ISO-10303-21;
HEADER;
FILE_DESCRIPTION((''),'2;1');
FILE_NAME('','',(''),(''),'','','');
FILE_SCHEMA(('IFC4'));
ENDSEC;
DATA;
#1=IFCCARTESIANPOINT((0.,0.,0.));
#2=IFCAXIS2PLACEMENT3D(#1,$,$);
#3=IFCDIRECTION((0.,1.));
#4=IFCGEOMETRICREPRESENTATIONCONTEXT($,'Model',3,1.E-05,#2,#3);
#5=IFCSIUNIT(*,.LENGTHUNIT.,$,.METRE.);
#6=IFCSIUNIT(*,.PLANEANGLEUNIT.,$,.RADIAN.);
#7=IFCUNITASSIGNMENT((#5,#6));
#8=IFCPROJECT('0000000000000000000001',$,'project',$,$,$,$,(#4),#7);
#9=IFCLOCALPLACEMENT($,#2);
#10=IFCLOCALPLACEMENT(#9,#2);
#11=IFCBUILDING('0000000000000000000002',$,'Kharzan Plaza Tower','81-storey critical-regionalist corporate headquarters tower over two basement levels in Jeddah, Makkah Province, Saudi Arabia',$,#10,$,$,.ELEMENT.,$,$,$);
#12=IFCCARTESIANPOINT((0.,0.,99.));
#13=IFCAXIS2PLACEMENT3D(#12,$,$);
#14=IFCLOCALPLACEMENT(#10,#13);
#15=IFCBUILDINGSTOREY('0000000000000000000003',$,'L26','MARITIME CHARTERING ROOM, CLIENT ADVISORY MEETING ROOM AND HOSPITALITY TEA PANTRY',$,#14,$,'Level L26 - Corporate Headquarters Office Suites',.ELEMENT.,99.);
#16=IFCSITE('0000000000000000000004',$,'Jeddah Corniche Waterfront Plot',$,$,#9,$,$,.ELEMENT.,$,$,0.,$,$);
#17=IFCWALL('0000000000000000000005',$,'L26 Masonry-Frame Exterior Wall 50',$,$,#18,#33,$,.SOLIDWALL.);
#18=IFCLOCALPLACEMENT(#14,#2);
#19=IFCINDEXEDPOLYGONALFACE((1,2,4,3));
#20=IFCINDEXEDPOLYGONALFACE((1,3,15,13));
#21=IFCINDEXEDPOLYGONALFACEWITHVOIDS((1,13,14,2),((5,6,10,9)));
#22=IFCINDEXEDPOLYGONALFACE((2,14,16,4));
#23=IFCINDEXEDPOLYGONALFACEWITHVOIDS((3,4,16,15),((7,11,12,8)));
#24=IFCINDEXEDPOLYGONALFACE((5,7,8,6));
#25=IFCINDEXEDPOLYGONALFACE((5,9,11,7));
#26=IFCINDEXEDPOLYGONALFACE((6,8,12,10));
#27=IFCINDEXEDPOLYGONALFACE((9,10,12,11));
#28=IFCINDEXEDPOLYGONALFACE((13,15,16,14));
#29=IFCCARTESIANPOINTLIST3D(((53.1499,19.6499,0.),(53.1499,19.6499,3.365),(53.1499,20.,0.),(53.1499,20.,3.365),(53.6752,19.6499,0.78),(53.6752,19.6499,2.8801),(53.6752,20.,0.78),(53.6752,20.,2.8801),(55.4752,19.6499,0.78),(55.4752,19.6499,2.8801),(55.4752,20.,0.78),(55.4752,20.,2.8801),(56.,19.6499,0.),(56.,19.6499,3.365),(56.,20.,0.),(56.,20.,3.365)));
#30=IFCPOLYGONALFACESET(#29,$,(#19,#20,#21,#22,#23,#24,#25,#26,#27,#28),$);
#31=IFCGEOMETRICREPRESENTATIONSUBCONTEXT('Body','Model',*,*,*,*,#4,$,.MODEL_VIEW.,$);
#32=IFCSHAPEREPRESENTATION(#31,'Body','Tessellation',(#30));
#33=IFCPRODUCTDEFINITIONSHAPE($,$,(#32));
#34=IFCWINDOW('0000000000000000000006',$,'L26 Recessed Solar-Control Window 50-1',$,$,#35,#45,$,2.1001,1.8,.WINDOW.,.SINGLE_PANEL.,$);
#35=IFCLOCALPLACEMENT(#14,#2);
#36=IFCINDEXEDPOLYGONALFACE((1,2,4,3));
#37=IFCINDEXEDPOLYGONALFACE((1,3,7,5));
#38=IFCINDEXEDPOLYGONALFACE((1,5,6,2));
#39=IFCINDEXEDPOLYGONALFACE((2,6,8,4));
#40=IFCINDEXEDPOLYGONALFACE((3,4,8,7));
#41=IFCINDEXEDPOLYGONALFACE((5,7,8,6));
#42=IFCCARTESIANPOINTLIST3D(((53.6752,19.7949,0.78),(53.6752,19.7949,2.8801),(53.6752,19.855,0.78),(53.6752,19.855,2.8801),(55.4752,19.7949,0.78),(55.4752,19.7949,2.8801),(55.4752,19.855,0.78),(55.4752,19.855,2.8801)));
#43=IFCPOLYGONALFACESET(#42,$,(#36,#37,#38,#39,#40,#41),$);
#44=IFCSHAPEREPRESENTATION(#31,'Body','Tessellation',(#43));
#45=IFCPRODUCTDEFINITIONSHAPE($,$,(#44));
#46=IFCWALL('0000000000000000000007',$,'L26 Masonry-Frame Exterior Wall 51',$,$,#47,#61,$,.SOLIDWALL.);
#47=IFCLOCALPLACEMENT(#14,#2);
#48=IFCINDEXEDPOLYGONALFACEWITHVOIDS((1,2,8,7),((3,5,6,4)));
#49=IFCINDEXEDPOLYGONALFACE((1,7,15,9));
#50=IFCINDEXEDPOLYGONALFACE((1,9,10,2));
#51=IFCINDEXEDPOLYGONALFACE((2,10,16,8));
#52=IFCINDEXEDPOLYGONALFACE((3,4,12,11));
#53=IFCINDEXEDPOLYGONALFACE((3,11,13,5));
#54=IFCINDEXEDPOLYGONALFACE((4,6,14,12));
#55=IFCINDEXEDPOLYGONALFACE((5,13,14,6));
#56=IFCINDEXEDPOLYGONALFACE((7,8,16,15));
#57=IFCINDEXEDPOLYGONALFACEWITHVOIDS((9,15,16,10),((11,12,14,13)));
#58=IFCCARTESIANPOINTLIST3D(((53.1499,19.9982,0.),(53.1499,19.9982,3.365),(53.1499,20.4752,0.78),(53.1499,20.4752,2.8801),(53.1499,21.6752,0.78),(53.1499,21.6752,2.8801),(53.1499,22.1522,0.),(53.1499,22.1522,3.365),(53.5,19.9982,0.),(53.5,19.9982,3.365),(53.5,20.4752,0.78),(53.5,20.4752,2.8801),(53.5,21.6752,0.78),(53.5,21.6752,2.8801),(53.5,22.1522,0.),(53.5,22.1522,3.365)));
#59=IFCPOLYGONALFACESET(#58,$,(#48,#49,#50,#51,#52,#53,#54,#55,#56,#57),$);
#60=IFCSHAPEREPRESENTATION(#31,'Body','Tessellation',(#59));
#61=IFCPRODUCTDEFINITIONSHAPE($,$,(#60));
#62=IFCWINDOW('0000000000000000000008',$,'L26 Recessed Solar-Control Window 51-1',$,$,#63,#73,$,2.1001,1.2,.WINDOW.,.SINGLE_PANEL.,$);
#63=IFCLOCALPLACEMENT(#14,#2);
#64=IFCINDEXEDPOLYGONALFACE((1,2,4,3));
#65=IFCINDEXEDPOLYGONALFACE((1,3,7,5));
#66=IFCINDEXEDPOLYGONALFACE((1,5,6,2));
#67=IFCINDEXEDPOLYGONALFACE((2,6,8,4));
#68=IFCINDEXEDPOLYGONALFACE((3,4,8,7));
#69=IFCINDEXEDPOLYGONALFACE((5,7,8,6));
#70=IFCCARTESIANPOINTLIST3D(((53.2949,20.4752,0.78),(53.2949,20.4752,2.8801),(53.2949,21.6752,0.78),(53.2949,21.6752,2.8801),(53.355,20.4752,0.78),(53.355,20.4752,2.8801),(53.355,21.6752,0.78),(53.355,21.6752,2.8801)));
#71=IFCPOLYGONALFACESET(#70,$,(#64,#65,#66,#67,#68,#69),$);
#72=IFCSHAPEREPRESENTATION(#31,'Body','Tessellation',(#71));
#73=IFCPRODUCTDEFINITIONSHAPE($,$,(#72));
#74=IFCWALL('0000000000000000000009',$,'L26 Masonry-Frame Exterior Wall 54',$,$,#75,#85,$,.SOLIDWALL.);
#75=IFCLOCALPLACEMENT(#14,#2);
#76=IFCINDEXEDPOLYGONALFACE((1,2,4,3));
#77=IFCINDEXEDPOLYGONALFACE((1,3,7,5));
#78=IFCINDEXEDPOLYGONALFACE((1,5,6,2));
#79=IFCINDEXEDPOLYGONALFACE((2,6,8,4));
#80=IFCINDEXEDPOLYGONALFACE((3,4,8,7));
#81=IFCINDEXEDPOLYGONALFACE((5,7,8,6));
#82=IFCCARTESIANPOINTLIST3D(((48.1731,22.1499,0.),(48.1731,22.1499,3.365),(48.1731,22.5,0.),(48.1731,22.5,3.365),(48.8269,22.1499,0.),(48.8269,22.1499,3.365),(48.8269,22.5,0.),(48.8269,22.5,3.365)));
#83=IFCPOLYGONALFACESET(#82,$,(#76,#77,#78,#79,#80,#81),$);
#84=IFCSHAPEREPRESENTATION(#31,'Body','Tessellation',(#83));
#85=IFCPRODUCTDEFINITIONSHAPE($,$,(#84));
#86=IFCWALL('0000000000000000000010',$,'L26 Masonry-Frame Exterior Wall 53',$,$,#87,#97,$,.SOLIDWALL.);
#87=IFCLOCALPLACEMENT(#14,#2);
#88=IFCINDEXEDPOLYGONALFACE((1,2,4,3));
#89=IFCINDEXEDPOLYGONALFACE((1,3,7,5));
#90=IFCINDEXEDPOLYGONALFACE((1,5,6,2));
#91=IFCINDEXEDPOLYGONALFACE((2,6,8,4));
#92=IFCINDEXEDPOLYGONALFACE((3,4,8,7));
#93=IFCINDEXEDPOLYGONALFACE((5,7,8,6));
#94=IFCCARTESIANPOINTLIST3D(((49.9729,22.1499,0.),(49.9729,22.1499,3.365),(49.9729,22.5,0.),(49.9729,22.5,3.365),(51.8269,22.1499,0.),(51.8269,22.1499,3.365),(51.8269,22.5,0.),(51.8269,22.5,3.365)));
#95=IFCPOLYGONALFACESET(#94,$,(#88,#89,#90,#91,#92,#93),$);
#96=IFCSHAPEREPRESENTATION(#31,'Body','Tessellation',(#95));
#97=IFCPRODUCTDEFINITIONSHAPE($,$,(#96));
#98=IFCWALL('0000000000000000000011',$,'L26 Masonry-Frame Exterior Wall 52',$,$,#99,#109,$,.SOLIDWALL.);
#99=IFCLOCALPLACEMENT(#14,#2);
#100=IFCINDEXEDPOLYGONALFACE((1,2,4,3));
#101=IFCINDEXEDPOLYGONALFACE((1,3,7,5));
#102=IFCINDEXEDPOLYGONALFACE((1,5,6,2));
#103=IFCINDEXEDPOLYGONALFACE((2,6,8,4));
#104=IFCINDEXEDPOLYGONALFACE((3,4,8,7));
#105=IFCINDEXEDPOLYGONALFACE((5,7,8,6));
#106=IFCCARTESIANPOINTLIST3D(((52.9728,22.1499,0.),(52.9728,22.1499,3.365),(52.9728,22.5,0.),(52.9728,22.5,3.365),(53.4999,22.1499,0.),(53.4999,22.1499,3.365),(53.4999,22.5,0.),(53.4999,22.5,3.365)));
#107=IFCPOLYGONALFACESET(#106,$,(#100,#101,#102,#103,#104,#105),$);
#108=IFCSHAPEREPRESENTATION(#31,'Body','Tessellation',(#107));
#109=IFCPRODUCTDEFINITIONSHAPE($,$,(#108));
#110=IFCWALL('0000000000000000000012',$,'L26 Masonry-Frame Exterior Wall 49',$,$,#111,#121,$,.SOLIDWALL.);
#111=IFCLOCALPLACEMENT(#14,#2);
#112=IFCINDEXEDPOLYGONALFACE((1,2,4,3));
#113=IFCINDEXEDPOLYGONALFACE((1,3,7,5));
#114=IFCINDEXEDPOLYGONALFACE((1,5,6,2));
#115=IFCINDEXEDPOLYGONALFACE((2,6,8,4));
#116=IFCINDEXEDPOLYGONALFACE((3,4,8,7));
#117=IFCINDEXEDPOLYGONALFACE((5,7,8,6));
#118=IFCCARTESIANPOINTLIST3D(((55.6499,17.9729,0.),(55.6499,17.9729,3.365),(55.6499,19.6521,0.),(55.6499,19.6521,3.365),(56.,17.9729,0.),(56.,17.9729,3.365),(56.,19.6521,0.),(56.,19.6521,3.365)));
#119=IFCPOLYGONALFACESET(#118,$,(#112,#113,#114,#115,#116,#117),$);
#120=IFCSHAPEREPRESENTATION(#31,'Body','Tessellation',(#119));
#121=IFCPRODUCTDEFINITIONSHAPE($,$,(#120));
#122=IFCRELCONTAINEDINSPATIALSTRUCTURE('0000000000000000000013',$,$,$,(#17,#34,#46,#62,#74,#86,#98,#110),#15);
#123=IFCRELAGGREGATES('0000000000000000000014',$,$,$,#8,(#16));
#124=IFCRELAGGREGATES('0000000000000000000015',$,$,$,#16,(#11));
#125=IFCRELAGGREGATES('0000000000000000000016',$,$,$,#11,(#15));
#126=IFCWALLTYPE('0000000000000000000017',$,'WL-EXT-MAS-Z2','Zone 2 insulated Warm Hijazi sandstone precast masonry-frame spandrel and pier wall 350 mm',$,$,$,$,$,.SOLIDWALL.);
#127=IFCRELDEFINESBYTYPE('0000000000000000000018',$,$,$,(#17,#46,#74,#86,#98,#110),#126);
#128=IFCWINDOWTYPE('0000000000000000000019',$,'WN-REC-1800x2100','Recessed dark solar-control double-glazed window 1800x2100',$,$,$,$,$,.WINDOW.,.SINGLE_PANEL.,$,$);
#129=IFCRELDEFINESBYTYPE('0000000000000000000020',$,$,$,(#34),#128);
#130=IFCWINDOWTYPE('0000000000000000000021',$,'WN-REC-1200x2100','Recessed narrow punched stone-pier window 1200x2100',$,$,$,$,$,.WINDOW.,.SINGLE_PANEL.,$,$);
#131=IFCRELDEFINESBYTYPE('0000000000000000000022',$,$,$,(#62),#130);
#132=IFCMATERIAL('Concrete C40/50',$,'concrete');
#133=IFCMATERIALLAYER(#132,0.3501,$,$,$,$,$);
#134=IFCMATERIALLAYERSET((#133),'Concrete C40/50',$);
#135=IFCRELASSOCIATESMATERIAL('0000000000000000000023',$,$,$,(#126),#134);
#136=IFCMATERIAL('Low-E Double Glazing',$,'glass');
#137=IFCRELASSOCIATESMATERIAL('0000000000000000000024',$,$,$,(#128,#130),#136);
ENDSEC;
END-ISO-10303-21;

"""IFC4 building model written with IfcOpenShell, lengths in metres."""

from ifc_helpers import new_model, si_unit, direction, frame, frame_2d, origin, place, context, subcontext, project, spatial, rectangle, extrude, source, transform, mapped, material, layer, layer_set, type_object, element, fill, save


model = new_model("IFC4")

# Units and contexts
model_context = context("Model", 3, precision=1e-05, world=origin(), true_north=direction((0.0, 1.0)))
body_context = subcontext(model_context, "Body", "Model", "MODEL_VIEW")
ifc_project = project(units=[si_unit("LENGTHUNIT", "METRE"), si_unit("PLANEANGLEUNIT", "RADIAN")], contexts=[model_context])

# Site, building, storey
site_placement = place(None, origin())
site = spatial("IfcSite", under=ifc_project, at=site_placement, Name="Jeddah Corniche Waterfront Plot", CompositionType="ELEMENT", RefElevation=0.0)
building_placement = place(site_placement, origin())
building = spatial("IfcBuilding", under=site, at=building_placement, Name="Kharzan Plaza Tower", Description="81-storey critical-regionalist corporate headquarters tower over two basement levels in Jeddah, Makkah Province, Saudi Arabia", CompositionType="ELEMENT")
storey_placement = place(building_placement, frame((0.0, 0.0, 99.0)))
storey = spatial("IfcBuildingStorey", under=building, at=storey_placement, Name="L26", Description="MARITIME CHARTERING ROOM, CLIENT ADVISORY MEETING ROOM AND HOSPITALITY TEA PANTRY", LongName="Level L26 - Corporate Headquarters Office Suites", CompositionType="ELEMENT", Elevation=99.0)

# Walls, openings, windows
ifc_material_1 = material(Name="Concrete C40/50", Category="concrete")
ifc_layer = layer(ifc_material_1, 0.3501)
ifc_layer_set = layer_set([ifc_layer], Name="Concrete C40/50")
wall_type = type_object("IfcWallType", Name="WL-EXT-MAS-Z2", Description="Zone 2 insulated Warm Hijazi sandstone precast masonry-frame spandrel and pier wall 350 mm", PredefinedType="SOLIDWALL", material=ifc_layer_set)
ifc_material_2 = material(Name="Low-E Double Glazing", Category="glass")
window_type_1 = type_object("IfcWindowType", Name="WN-REC-1800x2100", Description="Recessed dark solar-control double-glazed window 1800x2100", PartitioningType="SINGLE_PANEL", PredefinedType="WINDOW", material=ifc_material_2)
shared_shape_1 = source(origin(), body_context, "Body", "SweptSolid", [
    extrude(rectangle(XDim=1.8, YDim=2.1001, at=frame_2d((0.8999, 1.05))), frame((0.0, 0.03, 0.0), z_axis=(0.0, -1.0, 0.0), x_axis=(1.0, 0.0, 0.0)), (0.0, 0.0, 1.0), 0.0601),
])
wall_1_placement = place(storey_placement, frame((56.0, 19.825, 0.0), z_axis=(0.0, 0.0, 1.0), x_axis=(-1.0, 0.0, 0.0)))
wall_1 = element("IfcWall", 1, at=wall_1_placement, inside=storey, type_object=wall_type, Name="L26 Masonry-Frame Exterior Wall 50", PredefinedType="SOLIDWALL", context=body_context, shape_type="SweptSolid", body=[
    extrude(rectangle(XDim=2.8501, YDim=0.3501, at=frame_2d((1.425, 0.0))), origin(), (0.0, 0.0, 1.0), 3.365),
])
opening_1_placement = place(wall_1_placement, frame((0.5249, 0.0, 0.78)))
opening_1 = element("IfcOpeningElement", 2, at=opening_1_placement, cuts=wall_1, PredefinedType="OPENING", context=body_context, shape_type="SweptSolid", body=[
    extrude(rectangle(XDim=1.8, YDim=2.1001, at=frame_2d((0.8999, 1.05))), frame((0.0, 0.1851, 0.0), z_axis=(0.0, -1.0, 0.0), x_axis=(1.0, 0.0, 0.0)), (0.0, 0.0, 1.0), 0.3701),
])
window_1_placement = place(opening_1_placement, origin())
window_1 = element("IfcWindow", 3, at=window_1_placement, inside=storey, type_object=window_type_1, Name="L26 Recessed Solar-Control Window 50-1", OverallHeight=2.1001, OverallWidth=1.8, PartitioningType="SINGLE_PANEL", PredefinedType="WINDOW", context=body_context, shape_type="MappedRepresentation", body=[
    mapped(shared_shape_1, transform((0.0, 0.0, 0.0), x_axis=(1.0, 0.0, 0.0), y_axis=(0.0, 1.0, 0.0), z_axis=(0.0, 0.0, 1.0))),
])
fill(opening_1, window_1)
wall_2_placement = place(storey_placement, frame((53.325, 19.998, 0.0), z_axis=(0.0, 0.0, 1.0), x_axis=(0.0, 1.0, 0.0)))
wall_2 = element("IfcWall", 4, at=wall_2_placement, inside=storey, type_object=wall_type, Name="L26 Masonry-Frame Exterior Wall 51", PredefinedType="SOLIDWALL", context=body_context, shape_type="SweptSolid", body=[
    extrude(rectangle(XDim=2.1541, YDim=0.3501, at=frame_2d((1.0771, 0.0))), origin(), (0.0, 0.0, 1.0), 3.365),
])
opening_2_placement = place(wall_2_placement, frame((0.4771, 0.0, 0.78)))
opening_2 = element("IfcOpeningElement", 5, at=opening_2_placement, cuts=wall_2, PredefinedType="OPENING", context=body_context, shape_type="SweptSolid", body=[
    extrude(rectangle(XDim=1.2, YDim=2.1001, at=frame_2d((0.6001, 1.05))), frame((0.0, 0.1851, 0.0), z_axis=(0.0, -1.0, 0.0), x_axis=(1.0, 0.0, 0.0)), (0.0, 0.0, 1.0), 0.3701),
])
window_type_2 = type_object("IfcWindowType", Name="WN-REC-1200x2100", Description="Recessed narrow punched stone-pier window 1200x2100", PartitioningType="SINGLE_PANEL", PredefinedType="WINDOW", material=ifc_material_2)
shared_shape_2 = source(origin(), body_context, "Body", "SweptSolid", [
    extrude(rectangle(XDim=1.2, YDim=2.1001, at=frame_2d((0.6001, 1.05))), frame((0.0, 0.03, 0.0), z_axis=(0.0, -1.0, 0.0), x_axis=(1.0, 0.0, 0.0)), (0.0, 0.0, 1.0), 0.0601),
])
window_2_placement = place(opening_2_placement, origin())
window_2 = element("IfcWindow", 6, at=window_2_placement, inside=storey, type_object=window_type_2, Name="L26 Recessed Solar-Control Window 51-1", OverallHeight=2.1001, OverallWidth=1.2, PartitioningType="SINGLE_PANEL", PredefinedType="WINDOW", context=body_context, shape_type="MappedRepresentation", body=[
    mapped(shared_shape_2, transform((0.0, 0.0, 0.0), x_axis=(1.0, 0.0, 0.0), y_axis=(0.0, 1.0, 0.0), z_axis=(0.0, 0.0, 1.0))),
])
fill(opening_2, window_2)

# Walls
shared_shape_3 = source(origin(), body_context, "Body", "SweptSolid", [
    extrude(rectangle(XDim=0.6538, YDim=0.3501, at=frame_2d((0.3269, 0.0))), origin(), (0.0, 0.0, 1.0), 3.365),
])
wall_3_placement = place(storey_placement, frame((48.8269, 22.325, 0.0), z_axis=(0.0, 0.0, 1.0), x_axis=(-1.0, 0.0, 0.0)))
element("IfcWall", 7, at=wall_3_placement, inside=storey, type_object=wall_type, Name="L26 Masonry-Frame Exterior Wall 54", PredefinedType="SOLIDWALL", context=body_context, shape_type="MappedRepresentation", body=[
    mapped(shared_shape_3, transform((0.0, 0.0, 0.0), x_axis=(1.0, 0.0, 0.0), y_axis=(0.0, 1.0, 0.0), z_axis=(0.0, 0.0, 1.0))),
])
shared_shape_4 = source(origin(), body_context, "Body", "SweptSolid", [
    extrude(rectangle(XDim=1.854, YDim=0.3501, at=frame_2d((0.927, 0.0))), origin(), (0.0, 0.0, 1.0), 3.365),
])
wall_4_placement = place(storey_placement, frame((51.8269, 22.325, 0.0), z_axis=(0.0, 0.0, 1.0), x_axis=(-1.0, 0.0, 0.0)))
element("IfcWall", 8, at=wall_4_placement, inside=storey, type_object=wall_type, Name="L26 Masonry-Frame Exterior Wall 53", PredefinedType="SOLIDWALL", context=body_context, shape_type="MappedRepresentation", body=[
    mapped(shared_shape_4, transform((0.0, 0.0, 0.0), x_axis=(1.0, 0.0, 0.0), y_axis=(0.0, 1.0, 0.0), z_axis=(0.0, 0.0, 1.0))),
])
shared_shape_5 = source(origin(), body_context, "Body", "SweptSolid", [
    extrude(rectangle(XDim=0.5271, YDim=0.3501, at=frame_2d((0.2637, 0.0))), origin(), (0.0, 0.0, 1.0), 3.365),
])
wall_5_placement = place(storey_placement, frame((53.5, 22.325, 0.0), z_axis=(0.0, 0.0, 1.0), x_axis=(-1.0, 0.0, 0.0)))
element("IfcWall", 9, at=wall_5_placement, inside=storey, type_object=wall_type, Name="L26 Masonry-Frame Exterior Wall 52", PredefinedType="SOLIDWALL", context=body_context, shape_type="MappedRepresentation", body=[
    mapped(shared_shape_5, transform((0.0, 0.0, 0.0), x_axis=(1.0, 0.0, 0.0), y_axis=(0.0, 1.0, 0.0), z_axis=(0.0, 0.0, 1.0))),
])
shared_shape_6 = source(origin(), body_context, "Body", "SweptSolid", [
    extrude(rectangle(XDim=1.6792, YDim=0.3501, at=frame_2d((0.8396, 0.0))), origin(), (0.0, 0.0, 1.0), 3.365),
])
wall_6_placement = place(storey_placement, frame((55.825, 17.9729, 0.0), z_axis=(0.0, 0.0, 1.0), x_axis=(0.0, 1.0, 0.0)))
element("IfcWall", 10, at=wall_6_placement, inside=storey, type_object=wall_type, Name="L26 Masonry-Frame Exterior Wall 49", PredefinedType="SOLIDWALL", context=body_context, shape_type="MappedRepresentation", body=[
    mapped(shared_shape_6, transform((0.0, 0.0, 0.0), x_axis=(1.0, 0.0, 0.0), y_axis=(0.0, 1.0, 0.0), z_axis=(0.0, 0.0, 1.0))),
])

save(model, "model.ifc")
